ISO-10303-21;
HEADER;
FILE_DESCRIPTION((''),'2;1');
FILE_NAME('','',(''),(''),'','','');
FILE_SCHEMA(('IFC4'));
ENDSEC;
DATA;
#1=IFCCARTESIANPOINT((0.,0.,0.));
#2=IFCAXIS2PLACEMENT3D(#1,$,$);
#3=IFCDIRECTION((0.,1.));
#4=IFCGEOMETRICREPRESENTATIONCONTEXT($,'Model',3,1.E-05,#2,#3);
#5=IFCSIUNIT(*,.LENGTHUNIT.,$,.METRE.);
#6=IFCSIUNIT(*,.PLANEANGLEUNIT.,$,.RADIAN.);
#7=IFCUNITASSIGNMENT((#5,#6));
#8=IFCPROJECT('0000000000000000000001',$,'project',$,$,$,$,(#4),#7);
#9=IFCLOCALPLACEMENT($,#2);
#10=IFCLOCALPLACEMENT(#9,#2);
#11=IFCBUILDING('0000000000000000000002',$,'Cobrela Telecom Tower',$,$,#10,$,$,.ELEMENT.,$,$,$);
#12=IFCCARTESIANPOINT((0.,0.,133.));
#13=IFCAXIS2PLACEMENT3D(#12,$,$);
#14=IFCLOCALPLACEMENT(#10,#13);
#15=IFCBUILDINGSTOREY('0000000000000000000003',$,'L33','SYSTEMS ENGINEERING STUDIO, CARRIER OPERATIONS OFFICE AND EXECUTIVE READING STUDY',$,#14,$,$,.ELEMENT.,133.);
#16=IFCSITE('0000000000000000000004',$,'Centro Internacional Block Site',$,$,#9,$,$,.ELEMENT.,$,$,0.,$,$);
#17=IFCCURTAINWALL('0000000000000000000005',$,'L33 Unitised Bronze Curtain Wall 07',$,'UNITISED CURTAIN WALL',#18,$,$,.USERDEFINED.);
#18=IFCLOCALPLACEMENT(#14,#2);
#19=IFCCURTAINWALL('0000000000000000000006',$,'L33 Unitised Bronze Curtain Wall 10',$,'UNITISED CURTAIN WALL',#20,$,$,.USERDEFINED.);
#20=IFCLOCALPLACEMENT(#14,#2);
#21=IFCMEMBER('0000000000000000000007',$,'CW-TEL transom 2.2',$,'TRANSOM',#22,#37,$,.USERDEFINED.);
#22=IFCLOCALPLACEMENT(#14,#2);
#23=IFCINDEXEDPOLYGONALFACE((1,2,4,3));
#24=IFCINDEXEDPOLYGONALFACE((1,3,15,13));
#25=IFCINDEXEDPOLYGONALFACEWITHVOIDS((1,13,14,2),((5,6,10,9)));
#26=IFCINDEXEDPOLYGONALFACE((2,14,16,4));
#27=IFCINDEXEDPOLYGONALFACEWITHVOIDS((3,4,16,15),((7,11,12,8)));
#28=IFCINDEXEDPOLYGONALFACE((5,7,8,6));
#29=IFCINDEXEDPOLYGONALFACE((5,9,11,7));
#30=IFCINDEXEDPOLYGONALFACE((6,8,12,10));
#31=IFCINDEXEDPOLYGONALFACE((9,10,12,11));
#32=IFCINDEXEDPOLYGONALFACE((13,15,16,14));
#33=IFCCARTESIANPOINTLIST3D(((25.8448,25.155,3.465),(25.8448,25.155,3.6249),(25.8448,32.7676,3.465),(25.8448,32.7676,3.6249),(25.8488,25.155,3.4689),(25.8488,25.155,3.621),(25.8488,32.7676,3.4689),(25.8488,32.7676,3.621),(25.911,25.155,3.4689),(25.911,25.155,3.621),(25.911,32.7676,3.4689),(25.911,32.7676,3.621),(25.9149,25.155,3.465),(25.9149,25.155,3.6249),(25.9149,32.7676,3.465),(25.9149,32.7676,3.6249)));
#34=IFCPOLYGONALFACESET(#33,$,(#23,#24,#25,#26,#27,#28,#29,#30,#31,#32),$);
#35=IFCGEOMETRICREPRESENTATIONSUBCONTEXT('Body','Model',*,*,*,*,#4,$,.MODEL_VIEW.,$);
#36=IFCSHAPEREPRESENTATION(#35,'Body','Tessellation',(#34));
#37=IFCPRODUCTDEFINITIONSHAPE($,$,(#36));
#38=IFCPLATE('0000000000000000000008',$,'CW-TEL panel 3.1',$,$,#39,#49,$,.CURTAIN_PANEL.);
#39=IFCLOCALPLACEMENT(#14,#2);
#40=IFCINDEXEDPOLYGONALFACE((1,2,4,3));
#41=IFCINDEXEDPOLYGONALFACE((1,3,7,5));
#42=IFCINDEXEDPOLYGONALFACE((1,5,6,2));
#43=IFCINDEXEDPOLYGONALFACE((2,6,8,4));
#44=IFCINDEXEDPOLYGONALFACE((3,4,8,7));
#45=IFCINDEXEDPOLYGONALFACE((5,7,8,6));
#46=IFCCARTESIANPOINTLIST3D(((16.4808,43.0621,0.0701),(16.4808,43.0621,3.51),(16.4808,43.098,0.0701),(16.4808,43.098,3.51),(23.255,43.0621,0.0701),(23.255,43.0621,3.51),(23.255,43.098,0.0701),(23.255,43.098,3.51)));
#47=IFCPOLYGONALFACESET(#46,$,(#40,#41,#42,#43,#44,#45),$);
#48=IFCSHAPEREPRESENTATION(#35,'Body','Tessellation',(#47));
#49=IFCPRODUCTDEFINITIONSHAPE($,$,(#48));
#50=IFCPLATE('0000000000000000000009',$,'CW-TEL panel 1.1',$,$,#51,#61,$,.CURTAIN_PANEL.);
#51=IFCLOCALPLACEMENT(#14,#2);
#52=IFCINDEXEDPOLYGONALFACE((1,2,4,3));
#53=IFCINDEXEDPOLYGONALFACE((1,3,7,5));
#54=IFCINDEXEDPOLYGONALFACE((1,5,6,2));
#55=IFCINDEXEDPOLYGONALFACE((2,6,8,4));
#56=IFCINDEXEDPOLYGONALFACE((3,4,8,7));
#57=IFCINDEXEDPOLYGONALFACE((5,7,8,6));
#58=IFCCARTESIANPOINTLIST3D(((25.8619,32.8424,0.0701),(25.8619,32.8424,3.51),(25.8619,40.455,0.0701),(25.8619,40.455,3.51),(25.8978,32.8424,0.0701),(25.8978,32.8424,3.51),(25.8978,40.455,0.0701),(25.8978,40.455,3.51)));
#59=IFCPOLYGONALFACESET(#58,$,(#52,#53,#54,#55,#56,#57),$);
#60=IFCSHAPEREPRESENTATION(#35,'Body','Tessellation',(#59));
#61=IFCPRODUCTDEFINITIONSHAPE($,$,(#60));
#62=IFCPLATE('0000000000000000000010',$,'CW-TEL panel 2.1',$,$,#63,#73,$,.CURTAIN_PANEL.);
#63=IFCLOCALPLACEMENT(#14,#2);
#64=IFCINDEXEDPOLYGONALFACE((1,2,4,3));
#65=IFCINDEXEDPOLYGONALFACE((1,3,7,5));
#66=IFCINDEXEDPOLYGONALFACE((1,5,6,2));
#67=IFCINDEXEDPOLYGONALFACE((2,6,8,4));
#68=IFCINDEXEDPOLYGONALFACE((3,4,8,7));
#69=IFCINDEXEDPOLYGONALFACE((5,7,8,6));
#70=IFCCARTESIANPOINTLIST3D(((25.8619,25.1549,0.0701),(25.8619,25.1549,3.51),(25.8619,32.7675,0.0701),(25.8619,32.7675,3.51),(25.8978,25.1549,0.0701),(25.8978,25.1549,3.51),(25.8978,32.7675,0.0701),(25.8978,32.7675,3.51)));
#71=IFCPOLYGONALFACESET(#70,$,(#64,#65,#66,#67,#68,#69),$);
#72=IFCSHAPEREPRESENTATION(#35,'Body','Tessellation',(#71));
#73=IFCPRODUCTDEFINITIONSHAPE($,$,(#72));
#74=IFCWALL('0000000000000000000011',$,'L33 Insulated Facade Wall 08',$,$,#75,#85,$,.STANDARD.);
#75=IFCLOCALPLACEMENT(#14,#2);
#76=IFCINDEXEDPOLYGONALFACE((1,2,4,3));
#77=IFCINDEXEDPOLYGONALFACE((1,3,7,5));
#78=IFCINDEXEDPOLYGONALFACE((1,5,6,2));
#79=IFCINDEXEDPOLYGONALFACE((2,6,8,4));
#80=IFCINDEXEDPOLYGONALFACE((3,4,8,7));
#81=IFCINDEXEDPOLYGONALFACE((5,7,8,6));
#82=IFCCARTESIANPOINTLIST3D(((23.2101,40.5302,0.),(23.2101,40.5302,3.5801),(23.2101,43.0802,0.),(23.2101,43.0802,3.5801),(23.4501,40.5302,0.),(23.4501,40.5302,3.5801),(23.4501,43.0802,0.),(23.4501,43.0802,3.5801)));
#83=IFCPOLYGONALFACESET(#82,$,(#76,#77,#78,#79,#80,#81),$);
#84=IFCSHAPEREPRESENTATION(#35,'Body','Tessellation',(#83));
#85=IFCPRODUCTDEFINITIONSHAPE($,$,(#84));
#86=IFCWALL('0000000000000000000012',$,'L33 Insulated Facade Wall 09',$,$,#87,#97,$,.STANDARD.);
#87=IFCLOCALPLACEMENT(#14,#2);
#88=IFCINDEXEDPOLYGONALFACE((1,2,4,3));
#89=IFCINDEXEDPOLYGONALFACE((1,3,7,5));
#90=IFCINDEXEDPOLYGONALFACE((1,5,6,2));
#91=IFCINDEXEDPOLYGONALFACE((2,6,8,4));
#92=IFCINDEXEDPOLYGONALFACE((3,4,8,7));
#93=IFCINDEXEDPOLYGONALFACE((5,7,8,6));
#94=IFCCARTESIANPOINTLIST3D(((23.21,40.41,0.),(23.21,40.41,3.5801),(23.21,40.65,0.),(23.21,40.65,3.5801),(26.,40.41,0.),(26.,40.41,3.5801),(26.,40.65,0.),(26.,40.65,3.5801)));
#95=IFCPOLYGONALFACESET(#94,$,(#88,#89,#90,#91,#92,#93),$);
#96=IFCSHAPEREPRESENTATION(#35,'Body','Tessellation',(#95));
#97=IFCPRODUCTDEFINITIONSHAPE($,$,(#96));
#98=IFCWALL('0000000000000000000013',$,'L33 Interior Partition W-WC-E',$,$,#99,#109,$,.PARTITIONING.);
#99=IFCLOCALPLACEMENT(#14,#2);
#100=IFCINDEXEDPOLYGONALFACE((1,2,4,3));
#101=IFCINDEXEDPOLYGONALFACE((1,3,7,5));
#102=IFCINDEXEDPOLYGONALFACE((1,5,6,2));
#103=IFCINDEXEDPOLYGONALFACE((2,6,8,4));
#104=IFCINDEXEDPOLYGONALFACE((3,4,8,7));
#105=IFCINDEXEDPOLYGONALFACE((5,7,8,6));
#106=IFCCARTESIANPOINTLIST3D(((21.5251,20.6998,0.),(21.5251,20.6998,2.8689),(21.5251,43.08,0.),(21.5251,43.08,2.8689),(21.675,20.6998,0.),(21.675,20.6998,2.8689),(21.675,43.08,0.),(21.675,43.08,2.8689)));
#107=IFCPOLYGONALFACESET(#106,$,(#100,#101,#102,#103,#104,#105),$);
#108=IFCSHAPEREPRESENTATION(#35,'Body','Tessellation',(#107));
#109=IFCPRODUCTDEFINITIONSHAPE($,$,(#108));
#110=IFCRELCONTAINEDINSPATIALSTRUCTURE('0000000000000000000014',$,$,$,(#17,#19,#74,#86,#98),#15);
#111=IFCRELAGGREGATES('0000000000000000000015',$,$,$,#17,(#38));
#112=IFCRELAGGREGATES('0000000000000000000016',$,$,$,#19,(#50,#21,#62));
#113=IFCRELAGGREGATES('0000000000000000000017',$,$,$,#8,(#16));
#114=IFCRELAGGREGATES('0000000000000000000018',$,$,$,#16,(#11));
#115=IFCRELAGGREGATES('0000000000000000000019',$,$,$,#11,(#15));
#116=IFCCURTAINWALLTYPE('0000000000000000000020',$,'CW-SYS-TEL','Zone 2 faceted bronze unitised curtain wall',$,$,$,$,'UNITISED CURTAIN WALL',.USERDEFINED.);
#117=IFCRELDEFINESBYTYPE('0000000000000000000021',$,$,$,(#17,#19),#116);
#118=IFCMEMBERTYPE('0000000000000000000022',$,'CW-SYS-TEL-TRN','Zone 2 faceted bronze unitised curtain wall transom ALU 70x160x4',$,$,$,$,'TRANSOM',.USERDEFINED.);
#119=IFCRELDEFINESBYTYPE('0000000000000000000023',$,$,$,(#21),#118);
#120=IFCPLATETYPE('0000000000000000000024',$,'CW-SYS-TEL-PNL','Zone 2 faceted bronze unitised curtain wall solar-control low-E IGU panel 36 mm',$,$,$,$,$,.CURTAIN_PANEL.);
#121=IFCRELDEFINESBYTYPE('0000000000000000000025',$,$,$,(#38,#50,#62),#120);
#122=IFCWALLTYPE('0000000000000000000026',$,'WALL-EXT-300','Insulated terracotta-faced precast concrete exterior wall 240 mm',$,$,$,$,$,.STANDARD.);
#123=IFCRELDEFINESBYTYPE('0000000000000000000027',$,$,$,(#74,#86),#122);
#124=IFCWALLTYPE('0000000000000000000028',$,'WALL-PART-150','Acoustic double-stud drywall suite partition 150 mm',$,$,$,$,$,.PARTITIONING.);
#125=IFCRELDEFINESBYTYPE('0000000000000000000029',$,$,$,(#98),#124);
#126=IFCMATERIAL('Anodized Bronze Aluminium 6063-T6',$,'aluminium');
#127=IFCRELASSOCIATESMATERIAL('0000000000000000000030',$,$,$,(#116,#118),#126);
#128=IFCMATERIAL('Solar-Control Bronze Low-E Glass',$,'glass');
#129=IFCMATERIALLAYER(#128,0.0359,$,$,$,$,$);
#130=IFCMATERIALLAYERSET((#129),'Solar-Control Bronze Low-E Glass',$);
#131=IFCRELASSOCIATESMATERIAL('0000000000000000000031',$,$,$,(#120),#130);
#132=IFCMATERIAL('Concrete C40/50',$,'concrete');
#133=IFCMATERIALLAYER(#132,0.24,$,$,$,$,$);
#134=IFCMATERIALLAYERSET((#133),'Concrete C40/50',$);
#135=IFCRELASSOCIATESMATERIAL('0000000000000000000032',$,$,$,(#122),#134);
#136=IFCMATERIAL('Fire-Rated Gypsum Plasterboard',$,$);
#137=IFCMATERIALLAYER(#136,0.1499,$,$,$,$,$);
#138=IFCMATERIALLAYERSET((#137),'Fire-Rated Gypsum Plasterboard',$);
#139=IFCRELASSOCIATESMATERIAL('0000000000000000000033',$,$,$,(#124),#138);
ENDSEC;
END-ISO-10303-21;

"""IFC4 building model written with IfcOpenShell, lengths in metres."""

from ifc_helpers import new_model, si_unit, direction, frame, frame_2d, origin, origin_2d, place, context, subcontext, project, spatial, rectangle, hollow_rectangle, extrude, material, layer, layer_set, material_profile, profile_set, type_object, element, aggregate, save


model = new_model("IFC4")

# Units and contexts
model_context = context("Model", 3, precision=1e-05, world=origin(), true_north=direction((0.0, 1.0)))
body_context = subcontext(model_context, "Body", "Model", "MODEL_VIEW")
ifc_project = project(units=[si_unit("LENGTHUNIT", "METRE"), si_unit("PLANEANGLEUNIT", "RADIAN")], contexts=[model_context])

# Site, building, storey
site_placement = place(None, origin())
site = spatial("IfcSite", under=ifc_project, at=site_placement, Name="Centro Internacional Block Site", CompositionType="ELEMENT", RefElevation=0.0)
building_placement = place(site_placement, origin())
building = spatial("IfcBuilding", under=site, at=building_placement, Name="Cobrela Telecom Tower", CompositionType="ELEMENT")
storey_placement = place(building_placement, frame((0.0, 0.0, 133.0)))
storey = spatial("IfcBuildingStorey", under=building, at=storey_placement, Name="L33", Description="SYSTEMS ENGINEERING STUDIO, CARRIER OPERATIONS OFFICE AND EXECUTIVE READING STUDY", CompositionType="ELEMENT", Elevation=133.0)

# Curtain wall
ifc_material_1 = material(Name="Anodized Bronze Aluminium 6063-T6", Category="aluminium")
curtain_wall_type = type_object("IfcCurtainWallType", Name="CW-SYS-TEL", Description="Zone 2 faceted bronze unitised curtain wall", ElementType="UNITISED CURTAIN WALL", PredefinedType="USERDEFINED", material=ifc_material_1)
curtain_wall_1_placement = place(storey_placement, origin())
curtain_wall_1 = element("IfcCurtainWall", 1, at=curtain_wall_1_placement, inside=storey, type_object=curtain_wall_type, Name="L33 Unitised Bronze Curtain Wall 07", ObjectType="UNITISED CURTAIN WALL", PredefinedType="USERDEFINED")

# Curtain wall
curtain_wall_2_placement = place(storey_placement, origin())
curtain_wall_2 = element("IfcCurtainWall", 2, at=curtain_wall_2_placement, inside=storey, type_object=curtain_wall_type, Name="L33 Unitised Bronze Curtain Wall 10", ObjectType="UNITISED CURTAIN WALL", PredefinedType="USERDEFINED")

# Member
ifc_material_profile_1 = material_profile(ifc_material_1, hollow_rectangle(XDim=0.0701, YDim=0.1599, WallThickness=0.0039, at=origin_2d()), Name="ALU 70x160x4")
ifc_profile_set_1 = profile_set([ifc_material_profile_1], Name="Anodized Bronze Aluminium 6063-T6")
member_type_1 = type_object("IfcMemberType", Name="CW-SYS-TEL-TRN", Description="Zone 2 faceted bronze unitised curtain wall transom ALU 70x160x4", ElementType="TRANSOM", PredefinedType="USERDEFINED", material=ifc_profile_set_1)
member_1_placement = place(storey_placement, frame((25.8799, 32.7676, 3.5449), z_axis=(0.0, -1.0, 0.0), x_axis=(1.0, 0.0, 0.0)))
member_1 = element("IfcMember", 3, at=member_1_placement, type_object=member_type_1, Name="CW-TEL transom 2.2", ObjectType="TRANSOM", PredefinedType="USERDEFINED", context=body_context, shape_type="SweptSolid", body=[
    extrude(hollow_rectangle(XDim=0.0701, YDim=0.1599, WallThickness=0.0039, at=origin_2d()), origin(), (0.0, 0.0, 1.0), 7.6125),
])

# Plates
ifc_material_2 = material(Name="Solar-Control Bronze Low-E Glass", Category="glass")
ifc_layer_1 = layer(ifc_material_2, 0.0359)
ifc_layer_set_1 = layer_set([ifc_layer_1], Name="Solar-Control Bronze Low-E Glass")
plate_type = type_object("IfcPlateType", Name="CW-SYS-TEL-PNL", Description="Zone 2 faceted bronze unitised curtain wall solar-control low-E IGU panel 36 mm", PredefinedType="CURTAIN_PANEL", material=ifc_layer_set_1)
plate_1_placement = place(storey_placement, frame((19.8679, 43.0801, 0.0701), z_axis=(0.0, 0.0, 1.0), x_axis=(1.0, 0.0, 0.0)))
plate_1 = element("IfcPlate", 4, at=plate_1_placement, type_object=plate_type, Name="CW-TEL panel 3.1", PredefinedType="CURTAIN_PANEL", context=body_context, shape_type="SweptSolid", body=[
    extrude(rectangle(XDim=6.7742, YDim=0.0359, at=origin_2d()), origin(), (0.0, 0.0, 1.0), 3.4399),
])
aggregate(curtain_wall_1, [plate_1])
plate_2_placement = place(storey_placement, frame((25.8799, 36.6487, 0.0701), z_axis=(0.0, 0.0, 1.0), x_axis=(0.0, -1.0, 0.0)))
plate_2 = element("IfcPlate", 5, at=plate_2_placement, type_object=plate_type, Name="CW-TEL panel 1.1", PredefinedType="CURTAIN_PANEL", context=body_context, shape_type="SweptSolid", body=[
    extrude(rectangle(XDim=7.6125, YDim=0.0359, at=origin_2d()), origin(), (0.0, 0.0, 1.0), 3.4399),
])
plate_3_placement = place(storey_placement, frame((25.8799, 28.9612, 0.0701), z_axis=(0.0, 0.0, 1.0), x_axis=(0.0, -1.0, 0.0)))
plate_3 = element("IfcPlate", 6, at=plate_3_placement, type_object=plate_type, Name="CW-TEL panel 2.1", PredefinedType="CURTAIN_PANEL", context=body_context, shape_type="SweptSolid", body=[
    extrude(rectangle(XDim=7.6125, YDim=0.0359, at=origin_2d()), origin(), (0.0, 0.0, 1.0), 3.4399),
])
aggregate(curtain_wall_2, [plate_2, member_1, plate_3])

# Walls
ifc_material_3 = material(Name="Concrete C40/50", Category="concrete")
ifc_layer_2 = layer(ifc_material_3, 0.24)
ifc_layer_set_2 = layer_set([ifc_layer_2], Name="Concrete C40/50")
wall_type_1 = type_object("IfcWallType", Name="WALL-EXT-300", Description="Insulated terracotta-faced precast concrete exterior wall 240 mm", PredefinedType="STANDARD", material=ifc_layer_set_2)
wall_1_placement = place(storey_placement, frame((23.3301, 43.0801, 0.0), z_axis=(0.0, 0.0, 1.0), x_axis=(0.0, -1.0, 0.0)))
element("IfcWall", 7, at=wall_1_placement, inside=storey, type_object=wall_type_1, Name="L33 Insulated Facade Wall 08", PredefinedType="STANDARD", context=body_context, shape_type="SweptSolid", body=[
    extrude(rectangle(XDim=2.55, YDim=0.24, at=frame_2d((1.2749, 0.0))), origin(), (0.0, 0.0, 1.0), 3.5801),
])
wall_2_placement = place(storey_placement, frame((23.21, 40.53, 0.0), z_axis=(0.0, 0.0, 1.0), x_axis=(1.0, 0.0, 0.0)))
element("IfcWall", 8, at=wall_2_placement, inside=storey, type_object=wall_type_1, Name="L33 Insulated Facade Wall 09", PredefinedType="STANDARD", context=body_context, shape_type="SweptSolid", body=[
    extrude(rectangle(XDim=2.79, YDim=0.24, at=frame_2d((1.395, 0.0))), origin(), (0.0, 0.0, 1.0), 3.5801),
])
ifc_material_4 = material(Name="Fire-Rated Gypsum Plasterboard")
ifc_layer_3 = layer(ifc_material_4, 0.1499)
ifc_layer_set_3 = layer_set([ifc_layer_3], Name="Fire-Rated Gypsum Plasterboard")
wall_type_2 = type_object("IfcWallType", Name="WALL-PART-150", Description="Acoustic double-stud drywall suite partition 150 mm", PredefinedType="PARTITIONING", material=ifc_layer_set_3)
wall_3_placement = place(storey_placement, frame((21.6001, 20.7, 0.0), z_axis=(0.0, 0.0, 1.0), x_axis=(0.0, 1.0, 0.0)))
element("IfcWall", 9, at=wall_3_placement, inside=storey, type_object=wall_type_2, Name="L33 Interior Partition W-WC-E", PredefinedType="PARTITIONING", context=body_context, shape_type="SweptSolid", body=[
    extrude(rectangle(XDim=22.3801, YDim=0.1499, at=frame_2d((11.1899, 0.0))), origin(), (0.0, 0.0, 1.0), 2.8689),
])

save(model, "model.ifc")
